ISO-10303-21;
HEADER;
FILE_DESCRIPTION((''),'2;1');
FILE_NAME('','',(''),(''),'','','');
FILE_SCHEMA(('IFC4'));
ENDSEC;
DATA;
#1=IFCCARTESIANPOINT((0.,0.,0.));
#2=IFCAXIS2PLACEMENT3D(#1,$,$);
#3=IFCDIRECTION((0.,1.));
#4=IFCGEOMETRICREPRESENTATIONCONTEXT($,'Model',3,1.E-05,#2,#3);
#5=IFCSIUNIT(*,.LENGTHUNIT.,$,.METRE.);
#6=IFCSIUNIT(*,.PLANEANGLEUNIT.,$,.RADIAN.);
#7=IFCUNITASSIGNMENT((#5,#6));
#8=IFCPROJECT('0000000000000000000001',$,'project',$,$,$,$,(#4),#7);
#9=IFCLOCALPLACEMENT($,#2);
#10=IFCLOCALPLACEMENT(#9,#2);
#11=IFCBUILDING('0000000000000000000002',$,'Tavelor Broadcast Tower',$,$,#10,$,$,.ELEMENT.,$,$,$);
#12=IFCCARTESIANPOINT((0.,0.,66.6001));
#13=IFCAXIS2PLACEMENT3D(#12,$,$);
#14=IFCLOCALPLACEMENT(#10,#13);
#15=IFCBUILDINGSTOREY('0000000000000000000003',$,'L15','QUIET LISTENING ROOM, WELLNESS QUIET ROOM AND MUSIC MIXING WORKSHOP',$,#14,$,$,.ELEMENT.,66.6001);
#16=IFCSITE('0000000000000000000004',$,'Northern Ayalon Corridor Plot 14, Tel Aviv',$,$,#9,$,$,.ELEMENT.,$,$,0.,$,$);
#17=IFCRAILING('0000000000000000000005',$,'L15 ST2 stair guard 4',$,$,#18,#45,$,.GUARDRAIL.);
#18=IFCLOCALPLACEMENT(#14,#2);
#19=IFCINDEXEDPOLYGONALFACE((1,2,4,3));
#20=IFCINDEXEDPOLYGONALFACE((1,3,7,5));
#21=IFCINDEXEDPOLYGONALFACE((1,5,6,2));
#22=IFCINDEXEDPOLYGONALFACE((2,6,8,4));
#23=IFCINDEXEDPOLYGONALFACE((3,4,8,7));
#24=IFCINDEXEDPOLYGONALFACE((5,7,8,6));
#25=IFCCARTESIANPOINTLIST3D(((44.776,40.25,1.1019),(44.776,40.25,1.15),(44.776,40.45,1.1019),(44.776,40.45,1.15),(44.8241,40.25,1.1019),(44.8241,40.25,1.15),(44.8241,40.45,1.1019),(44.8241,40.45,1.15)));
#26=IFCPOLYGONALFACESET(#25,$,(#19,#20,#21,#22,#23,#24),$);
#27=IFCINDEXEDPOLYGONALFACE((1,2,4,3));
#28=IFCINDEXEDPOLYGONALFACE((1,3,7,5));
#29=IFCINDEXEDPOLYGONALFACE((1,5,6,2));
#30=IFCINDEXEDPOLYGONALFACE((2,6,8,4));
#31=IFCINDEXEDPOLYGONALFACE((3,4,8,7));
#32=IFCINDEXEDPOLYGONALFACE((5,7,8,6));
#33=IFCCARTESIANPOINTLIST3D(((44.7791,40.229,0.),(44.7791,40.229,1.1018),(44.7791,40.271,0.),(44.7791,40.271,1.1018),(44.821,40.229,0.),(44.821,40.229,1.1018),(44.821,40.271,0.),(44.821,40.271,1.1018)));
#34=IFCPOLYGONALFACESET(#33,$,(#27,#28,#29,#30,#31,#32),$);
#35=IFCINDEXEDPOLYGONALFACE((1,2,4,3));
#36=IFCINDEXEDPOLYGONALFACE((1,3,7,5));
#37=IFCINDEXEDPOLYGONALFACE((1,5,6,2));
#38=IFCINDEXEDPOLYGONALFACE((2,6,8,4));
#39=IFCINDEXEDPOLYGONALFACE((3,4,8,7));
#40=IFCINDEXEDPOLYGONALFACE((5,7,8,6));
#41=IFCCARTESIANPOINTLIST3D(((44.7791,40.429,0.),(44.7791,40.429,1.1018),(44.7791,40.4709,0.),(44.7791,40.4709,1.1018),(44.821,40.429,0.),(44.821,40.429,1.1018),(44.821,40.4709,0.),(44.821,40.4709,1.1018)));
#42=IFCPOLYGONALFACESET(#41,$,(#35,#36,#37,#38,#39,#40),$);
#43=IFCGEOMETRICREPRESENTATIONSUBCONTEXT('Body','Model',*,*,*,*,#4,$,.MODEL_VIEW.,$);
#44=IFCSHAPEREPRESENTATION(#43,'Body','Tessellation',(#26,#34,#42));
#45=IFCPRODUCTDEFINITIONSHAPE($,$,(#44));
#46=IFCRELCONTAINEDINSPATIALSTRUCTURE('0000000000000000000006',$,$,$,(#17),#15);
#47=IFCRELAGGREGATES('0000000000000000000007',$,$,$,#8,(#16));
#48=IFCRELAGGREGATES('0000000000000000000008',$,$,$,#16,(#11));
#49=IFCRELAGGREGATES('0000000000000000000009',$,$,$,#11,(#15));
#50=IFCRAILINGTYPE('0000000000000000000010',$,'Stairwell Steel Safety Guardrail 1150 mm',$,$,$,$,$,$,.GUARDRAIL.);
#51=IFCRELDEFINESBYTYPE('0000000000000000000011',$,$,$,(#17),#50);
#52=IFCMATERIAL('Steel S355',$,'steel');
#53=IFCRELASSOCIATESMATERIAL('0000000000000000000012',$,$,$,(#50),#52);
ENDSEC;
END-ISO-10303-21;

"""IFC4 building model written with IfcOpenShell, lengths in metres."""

from ifc_helpers import new_model, si_unit, direction, frame, origin, origin_2d, place, context, subcontext, project, spatial, rectangle, extrude, material, type_object, element, save


model = new_model("IFC4")

# Units and contexts
model_context = context("Model", 3, precision=1e-05, world=origin(), true_north=direction((0.0, 1.0)))
body_context = subcontext(model_context, "Body", "Model", "MODEL_VIEW")
ifc_project = project(units=[si_unit("LENGTHUNIT", "METRE"), si_unit("PLANEANGLEUNIT", "RADIAN")], contexts=[model_context])

# Site, building, storey
site_placement = place(None, origin())
site = spatial("IfcSite", under=ifc_project, at=site_placement, Name="Northern Ayalon Corridor Plot 14, Tel Aviv", CompositionType="ELEMENT", RefElevation=0.0)
building_placement = place(site_placement, origin())
building = spatial("IfcBuilding", under=site, at=building_placement, Name="Tavelor Broadcast Tower", CompositionType="ELEMENT")
storey_placement = place(building_placement, frame((0.0, 0.0, 66.6001)))
storey = spatial("IfcBuildingStorey", under=building, at=storey_placement, Name="L15", Description="QUIET LISTENING ROOM, WELLNESS QUIET ROOM AND MUSIC MIXING WORKSHOP", CompositionType="ELEMENT", Elevation=66.6001)

# Shared definitions
ifc_material_1 = material(Name="Steel S355", Category="steel")

# Railing
railing_type_1 = type_object("IfcRailingType", Name="Stairwell Steel Safety Guardrail 1150 mm", PredefinedType="GUARDRAIL", material=ifc_material_1)
railing_1_placement = place(storey_placement, frame((44.8, 40.25, 0.0)))
element("IfcRailing", 1, at=railing_1_placement, inside=storey, type_object=railing_type_1, Name="L15 ST2 stair guard 4", PredefinedType="GUARDRAIL", context=body_context, shape_type="SweptSolid", body=[
    extrude(rectangle(XDim=0.0481, YDim=0.0481, at=origin_2d()), frame((0.0, 0.0, 1.126), z_axis=(0.0, 1.0, 0.0), x_axis=(-1.0, 0.0, 0.0)), (0.0, 0.0, 1.0), 0.2),
    extrude(rectangle(XDim=0.042, YDim=0.042, at=origin_2d()), origin(), (0.0, 0.0, 1.0), 1.1018),
    extrude(rectangle(XDim=0.042, YDim=0.042, at=origin_2d()), frame((0.0, 0.2, 0.0)), (0.0, 0.0, 1.0), 1.1018),
])

save(model, "model.ifc")
